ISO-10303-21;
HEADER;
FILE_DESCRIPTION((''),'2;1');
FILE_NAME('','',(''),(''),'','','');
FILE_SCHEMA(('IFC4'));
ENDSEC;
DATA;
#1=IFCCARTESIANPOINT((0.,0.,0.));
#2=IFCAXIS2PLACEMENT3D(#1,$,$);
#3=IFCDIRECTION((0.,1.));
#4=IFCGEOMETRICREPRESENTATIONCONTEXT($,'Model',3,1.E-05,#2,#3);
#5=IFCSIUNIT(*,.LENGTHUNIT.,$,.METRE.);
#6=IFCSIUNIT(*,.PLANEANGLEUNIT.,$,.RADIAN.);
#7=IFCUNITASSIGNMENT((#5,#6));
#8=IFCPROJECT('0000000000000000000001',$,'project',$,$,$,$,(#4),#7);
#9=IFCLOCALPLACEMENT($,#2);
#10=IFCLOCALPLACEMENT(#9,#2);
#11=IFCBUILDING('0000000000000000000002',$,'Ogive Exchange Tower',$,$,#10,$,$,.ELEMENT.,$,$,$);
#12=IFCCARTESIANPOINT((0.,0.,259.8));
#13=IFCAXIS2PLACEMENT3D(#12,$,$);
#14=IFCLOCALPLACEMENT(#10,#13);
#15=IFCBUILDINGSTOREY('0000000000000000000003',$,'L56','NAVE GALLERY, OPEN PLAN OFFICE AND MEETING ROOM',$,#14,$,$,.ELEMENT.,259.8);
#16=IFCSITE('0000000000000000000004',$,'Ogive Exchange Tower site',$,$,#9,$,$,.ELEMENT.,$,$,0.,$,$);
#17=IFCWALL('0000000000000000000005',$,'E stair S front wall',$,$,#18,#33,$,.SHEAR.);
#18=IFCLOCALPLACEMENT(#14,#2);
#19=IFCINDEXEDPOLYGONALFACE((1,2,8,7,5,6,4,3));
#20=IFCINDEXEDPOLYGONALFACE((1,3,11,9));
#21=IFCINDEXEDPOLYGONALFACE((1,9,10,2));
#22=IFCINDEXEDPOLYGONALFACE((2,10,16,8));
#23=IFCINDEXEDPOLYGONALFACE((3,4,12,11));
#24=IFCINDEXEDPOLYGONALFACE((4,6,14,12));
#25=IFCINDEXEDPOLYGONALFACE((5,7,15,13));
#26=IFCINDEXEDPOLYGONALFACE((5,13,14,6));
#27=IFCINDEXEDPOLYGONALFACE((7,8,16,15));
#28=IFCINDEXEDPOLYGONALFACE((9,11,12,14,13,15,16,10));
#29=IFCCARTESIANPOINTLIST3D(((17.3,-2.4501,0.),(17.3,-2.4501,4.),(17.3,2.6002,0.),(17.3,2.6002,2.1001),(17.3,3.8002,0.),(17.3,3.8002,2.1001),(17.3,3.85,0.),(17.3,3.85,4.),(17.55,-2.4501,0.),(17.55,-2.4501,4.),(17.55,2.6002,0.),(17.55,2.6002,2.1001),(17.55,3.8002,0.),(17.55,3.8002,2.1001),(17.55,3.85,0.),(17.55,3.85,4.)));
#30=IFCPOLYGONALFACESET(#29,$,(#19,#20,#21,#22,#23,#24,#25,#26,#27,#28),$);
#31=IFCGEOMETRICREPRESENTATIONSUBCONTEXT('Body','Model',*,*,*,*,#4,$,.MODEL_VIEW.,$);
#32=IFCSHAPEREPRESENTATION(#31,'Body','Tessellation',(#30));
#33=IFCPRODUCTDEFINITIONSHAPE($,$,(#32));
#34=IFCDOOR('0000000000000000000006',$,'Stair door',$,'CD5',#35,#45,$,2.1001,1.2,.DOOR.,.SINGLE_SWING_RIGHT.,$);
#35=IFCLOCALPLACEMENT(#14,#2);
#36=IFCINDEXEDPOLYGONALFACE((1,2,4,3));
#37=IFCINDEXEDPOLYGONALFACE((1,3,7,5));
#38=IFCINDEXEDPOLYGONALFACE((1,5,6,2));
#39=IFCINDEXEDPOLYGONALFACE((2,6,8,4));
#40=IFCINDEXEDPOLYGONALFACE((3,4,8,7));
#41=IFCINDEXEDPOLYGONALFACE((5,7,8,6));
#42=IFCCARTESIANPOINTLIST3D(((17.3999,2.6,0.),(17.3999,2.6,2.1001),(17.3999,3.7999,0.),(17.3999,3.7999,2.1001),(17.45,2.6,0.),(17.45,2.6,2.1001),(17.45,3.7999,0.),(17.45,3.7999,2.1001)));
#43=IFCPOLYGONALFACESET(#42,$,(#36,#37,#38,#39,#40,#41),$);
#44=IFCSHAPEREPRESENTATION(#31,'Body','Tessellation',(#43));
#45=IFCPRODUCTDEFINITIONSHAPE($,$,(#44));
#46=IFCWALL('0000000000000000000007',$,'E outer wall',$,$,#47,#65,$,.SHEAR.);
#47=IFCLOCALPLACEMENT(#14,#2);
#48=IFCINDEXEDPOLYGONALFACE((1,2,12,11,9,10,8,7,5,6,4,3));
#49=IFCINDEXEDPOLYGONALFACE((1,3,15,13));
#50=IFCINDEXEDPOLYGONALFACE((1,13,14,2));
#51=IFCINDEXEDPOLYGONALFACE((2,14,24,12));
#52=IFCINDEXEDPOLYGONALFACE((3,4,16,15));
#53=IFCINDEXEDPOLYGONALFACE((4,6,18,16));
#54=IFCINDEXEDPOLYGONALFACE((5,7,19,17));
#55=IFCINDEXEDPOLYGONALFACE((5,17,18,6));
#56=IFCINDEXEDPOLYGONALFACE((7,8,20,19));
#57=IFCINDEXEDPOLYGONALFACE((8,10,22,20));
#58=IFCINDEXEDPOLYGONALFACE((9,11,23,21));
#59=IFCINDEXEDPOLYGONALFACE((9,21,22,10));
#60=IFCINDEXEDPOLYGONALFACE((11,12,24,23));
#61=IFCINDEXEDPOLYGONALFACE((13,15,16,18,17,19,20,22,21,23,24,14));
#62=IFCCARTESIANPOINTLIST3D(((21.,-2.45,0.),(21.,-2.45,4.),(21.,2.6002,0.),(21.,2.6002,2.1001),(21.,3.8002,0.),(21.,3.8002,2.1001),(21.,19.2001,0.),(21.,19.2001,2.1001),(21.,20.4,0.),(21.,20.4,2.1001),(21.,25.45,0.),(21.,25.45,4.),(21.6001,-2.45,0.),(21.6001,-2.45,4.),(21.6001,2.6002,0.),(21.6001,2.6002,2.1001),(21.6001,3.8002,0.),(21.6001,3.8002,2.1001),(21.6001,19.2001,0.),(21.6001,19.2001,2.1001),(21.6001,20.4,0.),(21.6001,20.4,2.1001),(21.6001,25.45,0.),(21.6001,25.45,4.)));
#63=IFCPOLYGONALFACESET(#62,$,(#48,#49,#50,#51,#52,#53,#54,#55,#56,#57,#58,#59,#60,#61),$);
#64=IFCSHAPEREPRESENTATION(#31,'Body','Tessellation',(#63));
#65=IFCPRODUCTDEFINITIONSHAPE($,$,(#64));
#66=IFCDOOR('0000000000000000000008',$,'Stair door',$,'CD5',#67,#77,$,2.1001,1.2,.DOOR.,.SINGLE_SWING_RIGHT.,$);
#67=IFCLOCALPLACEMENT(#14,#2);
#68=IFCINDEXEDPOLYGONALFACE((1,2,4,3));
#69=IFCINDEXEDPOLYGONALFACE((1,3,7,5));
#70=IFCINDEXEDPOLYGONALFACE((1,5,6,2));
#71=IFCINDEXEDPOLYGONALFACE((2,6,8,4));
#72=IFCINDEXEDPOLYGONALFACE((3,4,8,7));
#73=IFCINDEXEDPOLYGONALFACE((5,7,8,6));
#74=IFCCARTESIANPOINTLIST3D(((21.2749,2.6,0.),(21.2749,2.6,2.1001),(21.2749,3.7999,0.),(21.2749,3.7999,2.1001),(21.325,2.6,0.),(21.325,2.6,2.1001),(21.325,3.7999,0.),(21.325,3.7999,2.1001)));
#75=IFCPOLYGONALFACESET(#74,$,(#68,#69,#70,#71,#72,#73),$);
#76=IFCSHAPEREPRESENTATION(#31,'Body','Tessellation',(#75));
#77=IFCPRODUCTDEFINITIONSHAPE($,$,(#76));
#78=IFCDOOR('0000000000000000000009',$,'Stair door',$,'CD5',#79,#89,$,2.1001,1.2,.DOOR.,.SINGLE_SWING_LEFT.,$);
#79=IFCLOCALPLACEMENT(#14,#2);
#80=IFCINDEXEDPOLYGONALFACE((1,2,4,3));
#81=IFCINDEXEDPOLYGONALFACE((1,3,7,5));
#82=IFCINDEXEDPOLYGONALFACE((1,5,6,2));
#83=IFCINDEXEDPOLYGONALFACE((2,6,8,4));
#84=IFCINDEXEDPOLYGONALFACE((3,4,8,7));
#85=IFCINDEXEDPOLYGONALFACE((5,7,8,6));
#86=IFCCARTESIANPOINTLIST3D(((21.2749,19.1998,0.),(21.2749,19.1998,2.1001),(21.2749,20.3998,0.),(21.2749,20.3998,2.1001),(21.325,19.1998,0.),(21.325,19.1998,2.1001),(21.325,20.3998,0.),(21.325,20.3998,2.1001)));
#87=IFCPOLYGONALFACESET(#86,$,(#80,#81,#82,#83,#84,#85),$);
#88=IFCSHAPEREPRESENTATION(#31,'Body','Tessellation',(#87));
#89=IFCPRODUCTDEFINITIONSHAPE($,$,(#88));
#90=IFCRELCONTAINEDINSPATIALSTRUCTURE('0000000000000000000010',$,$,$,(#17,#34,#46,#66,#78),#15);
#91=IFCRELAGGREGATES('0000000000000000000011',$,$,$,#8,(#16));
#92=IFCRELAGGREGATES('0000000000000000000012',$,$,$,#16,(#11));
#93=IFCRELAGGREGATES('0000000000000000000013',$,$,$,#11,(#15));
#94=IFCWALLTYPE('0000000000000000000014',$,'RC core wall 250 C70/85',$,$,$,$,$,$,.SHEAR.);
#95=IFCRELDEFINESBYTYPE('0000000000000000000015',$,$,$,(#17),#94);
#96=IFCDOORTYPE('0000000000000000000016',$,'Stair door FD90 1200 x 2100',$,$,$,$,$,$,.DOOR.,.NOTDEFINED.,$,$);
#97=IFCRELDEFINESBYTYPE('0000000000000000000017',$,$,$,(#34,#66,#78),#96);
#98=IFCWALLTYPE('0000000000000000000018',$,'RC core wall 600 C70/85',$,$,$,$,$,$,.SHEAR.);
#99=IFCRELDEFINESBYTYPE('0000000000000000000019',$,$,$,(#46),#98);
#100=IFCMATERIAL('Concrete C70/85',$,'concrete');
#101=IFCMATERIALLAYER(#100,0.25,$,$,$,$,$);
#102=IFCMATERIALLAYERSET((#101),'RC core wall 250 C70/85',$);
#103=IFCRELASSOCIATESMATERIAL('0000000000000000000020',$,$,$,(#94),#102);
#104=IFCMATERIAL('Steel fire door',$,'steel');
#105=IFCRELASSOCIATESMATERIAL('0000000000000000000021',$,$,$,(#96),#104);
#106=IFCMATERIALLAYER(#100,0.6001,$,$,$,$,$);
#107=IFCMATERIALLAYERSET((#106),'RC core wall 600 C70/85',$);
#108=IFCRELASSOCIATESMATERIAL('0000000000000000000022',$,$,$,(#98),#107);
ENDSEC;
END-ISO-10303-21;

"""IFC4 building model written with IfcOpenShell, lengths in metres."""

from ifc_helpers import new_model, si_unit, direction, frame, frame_2d, origin, place, context, subcontext, project, spatial, rectangle, extrude, material, layer, layer_set, type_object, element, fill, save


model = new_model("IFC4")

# Units and contexts
model_context = context("Model", 3, precision=1e-05, world=origin(), true_north=direction((0.0, 1.0)))
body_context = subcontext(model_context, "Body", "Model", "MODEL_VIEW")
ifc_project = project(units=[si_unit("LENGTHUNIT", "METRE"), si_unit("PLANEANGLEUNIT", "RADIAN")], contexts=[model_context])

# Site, building, storey
site_placement = place(None, origin())
site = spatial("IfcSite", under=ifc_project, at=site_placement, Name="Ogive Exchange Tower site", CompositionType="ELEMENT", RefElevation=0.0)
building_placement = place(site_placement, origin())
building = spatial("IfcBuilding", under=site, at=building_placement, Name="Ogive Exchange Tower", CompositionType="ELEMENT")
storey_placement = place(building_placement, frame((0.0, 0.0, 259.8)))
storey = spatial("IfcBuildingStorey", under=building, at=storey_placement, Name="L56", Description="NAVE GALLERY, OPEN PLAN OFFICE AND MEETING ROOM", CompositionType="ELEMENT", Elevation=259.8)

# Wall, opening, door
ifc_material_1 = material(Name="Concrete C70/85", Category="concrete")
ifc_layer_1 = layer(ifc_material_1, 0.25)
ifc_layer_set_1 = layer_set([ifc_layer_1], Name="RC core wall 250 C70/85")
wall_type_1 = type_object("IfcWallType", Name="RC core wall 250 C70/85", PredefinedType="SHEAR", material=ifc_layer_set_1)
wall_1_placement = place(storey_placement, frame((17.425, -2.45, 0.0), z_axis=(0.0, 0.0, 1.0), x_axis=(0.0, 1.0, 0.0)))
wall_1 = element("IfcWall", 1, at=wall_1_placement, inside=storey, type_object=wall_type_1, Name="E stair S front wall", PredefinedType="SHEAR", context=body_context, shape_type="SweptSolid", body=[
    extrude(rectangle(XDim=6.3, YDim=0.25, at=frame_2d((3.1499, 0.0))), origin(), (0.0, 0.0, 1.0), 4.0),
])
opening_1_placement = place(wall_1_placement, frame((5.05, 0.0, 0.0)))
opening_1 = element("IfcOpeningElement", 2, at=opening_1_placement, cuts=wall_1, PredefinedType="OPENING", context=body_context, shape_type="SweptSolid", body=[
    extrude(rectangle(XDim=1.2, YDim=2.1001, at=frame_2d((0.6001, 1.05))), frame((0.0, 0.135, 0.0), z_axis=(0.0, -1.0, 0.0), x_axis=(1.0, 0.0, 0.0)), (0.0, 0.0, 1.0), 0.27),
])
ifc_material_2 = material(Name="Steel fire door", Category="steel")
door_type_1 = type_object("IfcDoorType", Name="Stair door FD90 1200 x 2100", OperationType="NOTDEFINED", PredefinedType="DOOR", material=ifc_material_2)
door_1_placement = place(opening_1_placement, frame((1.2, 0.0, 0.0), z_axis=(0.0, 0.0, 1.0), x_axis=(-1.0, 0.0, 0.0)))
door_1 = element("IfcDoor", 3, at=door_1_placement, inside=storey, type_object=door_type_1, Name="Stair door", ObjectType="CD5", OperationType="SINGLE_SWING_RIGHT", OverallHeight=2.1001, OverallWidth=1.2, PredefinedType="DOOR", context=body_context, shape_type="SweptSolid", body=[
    extrude(rectangle(XDim=1.2, YDim=2.1001, at=frame_2d((0.6001, 1.05))), frame((0.0, 0.0249, 0.0), z_axis=(0.0, -1.0, 0.0), x_axis=(1.0, 0.0, 0.0)), (0.0, 0.0, 1.0), 0.05),
])
fill(opening_1, door_1)

# Wall, openings, doors
ifc_layer_2 = layer(ifc_material_1, 0.6001)
ifc_layer_set_2 = layer_set([ifc_layer_2], Name="RC core wall 600 C70/85")
wall_type_2 = type_object("IfcWallType", Name="RC core wall 600 C70/85", PredefinedType="SHEAR", material=ifc_layer_set_2)
wall_2_placement = place(storey_placement, frame((21.3, -2.45, 0.0), z_axis=(0.0, 0.0, 1.0), x_axis=(0.0, 1.0, 0.0)))
wall_2 = element("IfcWall", 4, at=wall_2_placement, inside=storey, type_object=wall_type_2, Name="E outer wall", PredefinedType="SHEAR", context=body_context, shape_type="SweptSolid", body=[
    extrude(rectangle(XDim=27.8999, YDim=0.6001, at=frame_2d((13.95, 0.0))), origin(), (0.0, 0.0, 1.0), 4.0),
])
opening_2_placement = place(wall_2_placement, frame((5.05, 0.0, 0.0)))
opening_2 = element("IfcOpeningElement", 5, at=opening_2_placement, cuts=wall_2, PredefinedType="OPENING", context=body_context, shape_type="SweptSolid", body=[
    extrude(rectangle(XDim=1.2, YDim=2.1001, at=frame_2d((0.6001, 1.05))), frame((0.0, 0.3101, 0.0), z_axis=(0.0, -1.0, 0.0), x_axis=(1.0, 0.0, 0.0)), (0.0, 0.0, 1.0), 0.6201),
])
opening_3_placement = place(wall_2_placement, frame((21.6499, 0.0, 0.0)))
opening_3 = element("IfcOpeningElement", 6, at=opening_3_placement, cuts=wall_2, PredefinedType="OPENING", context=body_context, shape_type="SweptSolid", body=[
    extrude(rectangle(XDim=1.2, YDim=2.1001, at=frame_2d((0.6001, 1.05))), frame((0.0, 0.3101, 0.0), z_axis=(0.0, -1.0, 0.0), x_axis=(1.0, 0.0, 0.0)), (0.0, 0.0, 1.0), 0.6201),
])
door_2_placement = place(opening_2_placement, frame((1.2, 0.0, 0.0), z_axis=(0.0, 0.0, 1.0), x_axis=(-1.0, 0.0, 0.0)))
door_2 = element("IfcDoor", 7, at=door_2_placement, inside=storey, type_object=door_type_1, Name="Stair door", ObjectType="CD5", OperationType="SINGLE_SWING_RIGHT", OverallHeight=2.1001, OverallWidth=1.2, PredefinedType="DOOR", context=body_context, shape_type="SweptSolid", body=[
    extrude(rectangle(XDim=1.2, YDim=2.1001, at=frame_2d((0.6001, 1.05))), frame((0.0, 0.0249, 0.0), z_axis=(0.0, -1.0, 0.0), x_axis=(1.0, 0.0, 0.0)), (0.0, 0.0, 1.0), 0.05),
])
fill(opening_2, door_2)
door_3_placement = place(opening_3_placement, frame((1.2, 0.0, 0.0), z_axis=(0.0, 0.0, 1.0), x_axis=(-1.0, 0.0, 0.0)))
door_3 = element("IfcDoor", 8, at=door_3_placement, inside=storey, type_object=door_type_1, Name="Stair door", ObjectType="CD5", OperationType="SINGLE_SWING_LEFT", OverallHeight=2.1001, OverallWidth=1.2, PredefinedType="DOOR", context=body_context, shape_type="SweptSolid", body=[
    extrude(rectangle(XDim=1.2, YDim=2.1001, at=frame_2d((0.6001, 1.05))), frame((0.0, 0.0249, 0.0), z_axis=(0.0, -1.0, 0.0), x_axis=(1.0, 0.0, 0.0)), (0.0, 0.0, 1.0), 0.05),
])
fill(opening_3, door_3)

save(model, "model.ifc")
